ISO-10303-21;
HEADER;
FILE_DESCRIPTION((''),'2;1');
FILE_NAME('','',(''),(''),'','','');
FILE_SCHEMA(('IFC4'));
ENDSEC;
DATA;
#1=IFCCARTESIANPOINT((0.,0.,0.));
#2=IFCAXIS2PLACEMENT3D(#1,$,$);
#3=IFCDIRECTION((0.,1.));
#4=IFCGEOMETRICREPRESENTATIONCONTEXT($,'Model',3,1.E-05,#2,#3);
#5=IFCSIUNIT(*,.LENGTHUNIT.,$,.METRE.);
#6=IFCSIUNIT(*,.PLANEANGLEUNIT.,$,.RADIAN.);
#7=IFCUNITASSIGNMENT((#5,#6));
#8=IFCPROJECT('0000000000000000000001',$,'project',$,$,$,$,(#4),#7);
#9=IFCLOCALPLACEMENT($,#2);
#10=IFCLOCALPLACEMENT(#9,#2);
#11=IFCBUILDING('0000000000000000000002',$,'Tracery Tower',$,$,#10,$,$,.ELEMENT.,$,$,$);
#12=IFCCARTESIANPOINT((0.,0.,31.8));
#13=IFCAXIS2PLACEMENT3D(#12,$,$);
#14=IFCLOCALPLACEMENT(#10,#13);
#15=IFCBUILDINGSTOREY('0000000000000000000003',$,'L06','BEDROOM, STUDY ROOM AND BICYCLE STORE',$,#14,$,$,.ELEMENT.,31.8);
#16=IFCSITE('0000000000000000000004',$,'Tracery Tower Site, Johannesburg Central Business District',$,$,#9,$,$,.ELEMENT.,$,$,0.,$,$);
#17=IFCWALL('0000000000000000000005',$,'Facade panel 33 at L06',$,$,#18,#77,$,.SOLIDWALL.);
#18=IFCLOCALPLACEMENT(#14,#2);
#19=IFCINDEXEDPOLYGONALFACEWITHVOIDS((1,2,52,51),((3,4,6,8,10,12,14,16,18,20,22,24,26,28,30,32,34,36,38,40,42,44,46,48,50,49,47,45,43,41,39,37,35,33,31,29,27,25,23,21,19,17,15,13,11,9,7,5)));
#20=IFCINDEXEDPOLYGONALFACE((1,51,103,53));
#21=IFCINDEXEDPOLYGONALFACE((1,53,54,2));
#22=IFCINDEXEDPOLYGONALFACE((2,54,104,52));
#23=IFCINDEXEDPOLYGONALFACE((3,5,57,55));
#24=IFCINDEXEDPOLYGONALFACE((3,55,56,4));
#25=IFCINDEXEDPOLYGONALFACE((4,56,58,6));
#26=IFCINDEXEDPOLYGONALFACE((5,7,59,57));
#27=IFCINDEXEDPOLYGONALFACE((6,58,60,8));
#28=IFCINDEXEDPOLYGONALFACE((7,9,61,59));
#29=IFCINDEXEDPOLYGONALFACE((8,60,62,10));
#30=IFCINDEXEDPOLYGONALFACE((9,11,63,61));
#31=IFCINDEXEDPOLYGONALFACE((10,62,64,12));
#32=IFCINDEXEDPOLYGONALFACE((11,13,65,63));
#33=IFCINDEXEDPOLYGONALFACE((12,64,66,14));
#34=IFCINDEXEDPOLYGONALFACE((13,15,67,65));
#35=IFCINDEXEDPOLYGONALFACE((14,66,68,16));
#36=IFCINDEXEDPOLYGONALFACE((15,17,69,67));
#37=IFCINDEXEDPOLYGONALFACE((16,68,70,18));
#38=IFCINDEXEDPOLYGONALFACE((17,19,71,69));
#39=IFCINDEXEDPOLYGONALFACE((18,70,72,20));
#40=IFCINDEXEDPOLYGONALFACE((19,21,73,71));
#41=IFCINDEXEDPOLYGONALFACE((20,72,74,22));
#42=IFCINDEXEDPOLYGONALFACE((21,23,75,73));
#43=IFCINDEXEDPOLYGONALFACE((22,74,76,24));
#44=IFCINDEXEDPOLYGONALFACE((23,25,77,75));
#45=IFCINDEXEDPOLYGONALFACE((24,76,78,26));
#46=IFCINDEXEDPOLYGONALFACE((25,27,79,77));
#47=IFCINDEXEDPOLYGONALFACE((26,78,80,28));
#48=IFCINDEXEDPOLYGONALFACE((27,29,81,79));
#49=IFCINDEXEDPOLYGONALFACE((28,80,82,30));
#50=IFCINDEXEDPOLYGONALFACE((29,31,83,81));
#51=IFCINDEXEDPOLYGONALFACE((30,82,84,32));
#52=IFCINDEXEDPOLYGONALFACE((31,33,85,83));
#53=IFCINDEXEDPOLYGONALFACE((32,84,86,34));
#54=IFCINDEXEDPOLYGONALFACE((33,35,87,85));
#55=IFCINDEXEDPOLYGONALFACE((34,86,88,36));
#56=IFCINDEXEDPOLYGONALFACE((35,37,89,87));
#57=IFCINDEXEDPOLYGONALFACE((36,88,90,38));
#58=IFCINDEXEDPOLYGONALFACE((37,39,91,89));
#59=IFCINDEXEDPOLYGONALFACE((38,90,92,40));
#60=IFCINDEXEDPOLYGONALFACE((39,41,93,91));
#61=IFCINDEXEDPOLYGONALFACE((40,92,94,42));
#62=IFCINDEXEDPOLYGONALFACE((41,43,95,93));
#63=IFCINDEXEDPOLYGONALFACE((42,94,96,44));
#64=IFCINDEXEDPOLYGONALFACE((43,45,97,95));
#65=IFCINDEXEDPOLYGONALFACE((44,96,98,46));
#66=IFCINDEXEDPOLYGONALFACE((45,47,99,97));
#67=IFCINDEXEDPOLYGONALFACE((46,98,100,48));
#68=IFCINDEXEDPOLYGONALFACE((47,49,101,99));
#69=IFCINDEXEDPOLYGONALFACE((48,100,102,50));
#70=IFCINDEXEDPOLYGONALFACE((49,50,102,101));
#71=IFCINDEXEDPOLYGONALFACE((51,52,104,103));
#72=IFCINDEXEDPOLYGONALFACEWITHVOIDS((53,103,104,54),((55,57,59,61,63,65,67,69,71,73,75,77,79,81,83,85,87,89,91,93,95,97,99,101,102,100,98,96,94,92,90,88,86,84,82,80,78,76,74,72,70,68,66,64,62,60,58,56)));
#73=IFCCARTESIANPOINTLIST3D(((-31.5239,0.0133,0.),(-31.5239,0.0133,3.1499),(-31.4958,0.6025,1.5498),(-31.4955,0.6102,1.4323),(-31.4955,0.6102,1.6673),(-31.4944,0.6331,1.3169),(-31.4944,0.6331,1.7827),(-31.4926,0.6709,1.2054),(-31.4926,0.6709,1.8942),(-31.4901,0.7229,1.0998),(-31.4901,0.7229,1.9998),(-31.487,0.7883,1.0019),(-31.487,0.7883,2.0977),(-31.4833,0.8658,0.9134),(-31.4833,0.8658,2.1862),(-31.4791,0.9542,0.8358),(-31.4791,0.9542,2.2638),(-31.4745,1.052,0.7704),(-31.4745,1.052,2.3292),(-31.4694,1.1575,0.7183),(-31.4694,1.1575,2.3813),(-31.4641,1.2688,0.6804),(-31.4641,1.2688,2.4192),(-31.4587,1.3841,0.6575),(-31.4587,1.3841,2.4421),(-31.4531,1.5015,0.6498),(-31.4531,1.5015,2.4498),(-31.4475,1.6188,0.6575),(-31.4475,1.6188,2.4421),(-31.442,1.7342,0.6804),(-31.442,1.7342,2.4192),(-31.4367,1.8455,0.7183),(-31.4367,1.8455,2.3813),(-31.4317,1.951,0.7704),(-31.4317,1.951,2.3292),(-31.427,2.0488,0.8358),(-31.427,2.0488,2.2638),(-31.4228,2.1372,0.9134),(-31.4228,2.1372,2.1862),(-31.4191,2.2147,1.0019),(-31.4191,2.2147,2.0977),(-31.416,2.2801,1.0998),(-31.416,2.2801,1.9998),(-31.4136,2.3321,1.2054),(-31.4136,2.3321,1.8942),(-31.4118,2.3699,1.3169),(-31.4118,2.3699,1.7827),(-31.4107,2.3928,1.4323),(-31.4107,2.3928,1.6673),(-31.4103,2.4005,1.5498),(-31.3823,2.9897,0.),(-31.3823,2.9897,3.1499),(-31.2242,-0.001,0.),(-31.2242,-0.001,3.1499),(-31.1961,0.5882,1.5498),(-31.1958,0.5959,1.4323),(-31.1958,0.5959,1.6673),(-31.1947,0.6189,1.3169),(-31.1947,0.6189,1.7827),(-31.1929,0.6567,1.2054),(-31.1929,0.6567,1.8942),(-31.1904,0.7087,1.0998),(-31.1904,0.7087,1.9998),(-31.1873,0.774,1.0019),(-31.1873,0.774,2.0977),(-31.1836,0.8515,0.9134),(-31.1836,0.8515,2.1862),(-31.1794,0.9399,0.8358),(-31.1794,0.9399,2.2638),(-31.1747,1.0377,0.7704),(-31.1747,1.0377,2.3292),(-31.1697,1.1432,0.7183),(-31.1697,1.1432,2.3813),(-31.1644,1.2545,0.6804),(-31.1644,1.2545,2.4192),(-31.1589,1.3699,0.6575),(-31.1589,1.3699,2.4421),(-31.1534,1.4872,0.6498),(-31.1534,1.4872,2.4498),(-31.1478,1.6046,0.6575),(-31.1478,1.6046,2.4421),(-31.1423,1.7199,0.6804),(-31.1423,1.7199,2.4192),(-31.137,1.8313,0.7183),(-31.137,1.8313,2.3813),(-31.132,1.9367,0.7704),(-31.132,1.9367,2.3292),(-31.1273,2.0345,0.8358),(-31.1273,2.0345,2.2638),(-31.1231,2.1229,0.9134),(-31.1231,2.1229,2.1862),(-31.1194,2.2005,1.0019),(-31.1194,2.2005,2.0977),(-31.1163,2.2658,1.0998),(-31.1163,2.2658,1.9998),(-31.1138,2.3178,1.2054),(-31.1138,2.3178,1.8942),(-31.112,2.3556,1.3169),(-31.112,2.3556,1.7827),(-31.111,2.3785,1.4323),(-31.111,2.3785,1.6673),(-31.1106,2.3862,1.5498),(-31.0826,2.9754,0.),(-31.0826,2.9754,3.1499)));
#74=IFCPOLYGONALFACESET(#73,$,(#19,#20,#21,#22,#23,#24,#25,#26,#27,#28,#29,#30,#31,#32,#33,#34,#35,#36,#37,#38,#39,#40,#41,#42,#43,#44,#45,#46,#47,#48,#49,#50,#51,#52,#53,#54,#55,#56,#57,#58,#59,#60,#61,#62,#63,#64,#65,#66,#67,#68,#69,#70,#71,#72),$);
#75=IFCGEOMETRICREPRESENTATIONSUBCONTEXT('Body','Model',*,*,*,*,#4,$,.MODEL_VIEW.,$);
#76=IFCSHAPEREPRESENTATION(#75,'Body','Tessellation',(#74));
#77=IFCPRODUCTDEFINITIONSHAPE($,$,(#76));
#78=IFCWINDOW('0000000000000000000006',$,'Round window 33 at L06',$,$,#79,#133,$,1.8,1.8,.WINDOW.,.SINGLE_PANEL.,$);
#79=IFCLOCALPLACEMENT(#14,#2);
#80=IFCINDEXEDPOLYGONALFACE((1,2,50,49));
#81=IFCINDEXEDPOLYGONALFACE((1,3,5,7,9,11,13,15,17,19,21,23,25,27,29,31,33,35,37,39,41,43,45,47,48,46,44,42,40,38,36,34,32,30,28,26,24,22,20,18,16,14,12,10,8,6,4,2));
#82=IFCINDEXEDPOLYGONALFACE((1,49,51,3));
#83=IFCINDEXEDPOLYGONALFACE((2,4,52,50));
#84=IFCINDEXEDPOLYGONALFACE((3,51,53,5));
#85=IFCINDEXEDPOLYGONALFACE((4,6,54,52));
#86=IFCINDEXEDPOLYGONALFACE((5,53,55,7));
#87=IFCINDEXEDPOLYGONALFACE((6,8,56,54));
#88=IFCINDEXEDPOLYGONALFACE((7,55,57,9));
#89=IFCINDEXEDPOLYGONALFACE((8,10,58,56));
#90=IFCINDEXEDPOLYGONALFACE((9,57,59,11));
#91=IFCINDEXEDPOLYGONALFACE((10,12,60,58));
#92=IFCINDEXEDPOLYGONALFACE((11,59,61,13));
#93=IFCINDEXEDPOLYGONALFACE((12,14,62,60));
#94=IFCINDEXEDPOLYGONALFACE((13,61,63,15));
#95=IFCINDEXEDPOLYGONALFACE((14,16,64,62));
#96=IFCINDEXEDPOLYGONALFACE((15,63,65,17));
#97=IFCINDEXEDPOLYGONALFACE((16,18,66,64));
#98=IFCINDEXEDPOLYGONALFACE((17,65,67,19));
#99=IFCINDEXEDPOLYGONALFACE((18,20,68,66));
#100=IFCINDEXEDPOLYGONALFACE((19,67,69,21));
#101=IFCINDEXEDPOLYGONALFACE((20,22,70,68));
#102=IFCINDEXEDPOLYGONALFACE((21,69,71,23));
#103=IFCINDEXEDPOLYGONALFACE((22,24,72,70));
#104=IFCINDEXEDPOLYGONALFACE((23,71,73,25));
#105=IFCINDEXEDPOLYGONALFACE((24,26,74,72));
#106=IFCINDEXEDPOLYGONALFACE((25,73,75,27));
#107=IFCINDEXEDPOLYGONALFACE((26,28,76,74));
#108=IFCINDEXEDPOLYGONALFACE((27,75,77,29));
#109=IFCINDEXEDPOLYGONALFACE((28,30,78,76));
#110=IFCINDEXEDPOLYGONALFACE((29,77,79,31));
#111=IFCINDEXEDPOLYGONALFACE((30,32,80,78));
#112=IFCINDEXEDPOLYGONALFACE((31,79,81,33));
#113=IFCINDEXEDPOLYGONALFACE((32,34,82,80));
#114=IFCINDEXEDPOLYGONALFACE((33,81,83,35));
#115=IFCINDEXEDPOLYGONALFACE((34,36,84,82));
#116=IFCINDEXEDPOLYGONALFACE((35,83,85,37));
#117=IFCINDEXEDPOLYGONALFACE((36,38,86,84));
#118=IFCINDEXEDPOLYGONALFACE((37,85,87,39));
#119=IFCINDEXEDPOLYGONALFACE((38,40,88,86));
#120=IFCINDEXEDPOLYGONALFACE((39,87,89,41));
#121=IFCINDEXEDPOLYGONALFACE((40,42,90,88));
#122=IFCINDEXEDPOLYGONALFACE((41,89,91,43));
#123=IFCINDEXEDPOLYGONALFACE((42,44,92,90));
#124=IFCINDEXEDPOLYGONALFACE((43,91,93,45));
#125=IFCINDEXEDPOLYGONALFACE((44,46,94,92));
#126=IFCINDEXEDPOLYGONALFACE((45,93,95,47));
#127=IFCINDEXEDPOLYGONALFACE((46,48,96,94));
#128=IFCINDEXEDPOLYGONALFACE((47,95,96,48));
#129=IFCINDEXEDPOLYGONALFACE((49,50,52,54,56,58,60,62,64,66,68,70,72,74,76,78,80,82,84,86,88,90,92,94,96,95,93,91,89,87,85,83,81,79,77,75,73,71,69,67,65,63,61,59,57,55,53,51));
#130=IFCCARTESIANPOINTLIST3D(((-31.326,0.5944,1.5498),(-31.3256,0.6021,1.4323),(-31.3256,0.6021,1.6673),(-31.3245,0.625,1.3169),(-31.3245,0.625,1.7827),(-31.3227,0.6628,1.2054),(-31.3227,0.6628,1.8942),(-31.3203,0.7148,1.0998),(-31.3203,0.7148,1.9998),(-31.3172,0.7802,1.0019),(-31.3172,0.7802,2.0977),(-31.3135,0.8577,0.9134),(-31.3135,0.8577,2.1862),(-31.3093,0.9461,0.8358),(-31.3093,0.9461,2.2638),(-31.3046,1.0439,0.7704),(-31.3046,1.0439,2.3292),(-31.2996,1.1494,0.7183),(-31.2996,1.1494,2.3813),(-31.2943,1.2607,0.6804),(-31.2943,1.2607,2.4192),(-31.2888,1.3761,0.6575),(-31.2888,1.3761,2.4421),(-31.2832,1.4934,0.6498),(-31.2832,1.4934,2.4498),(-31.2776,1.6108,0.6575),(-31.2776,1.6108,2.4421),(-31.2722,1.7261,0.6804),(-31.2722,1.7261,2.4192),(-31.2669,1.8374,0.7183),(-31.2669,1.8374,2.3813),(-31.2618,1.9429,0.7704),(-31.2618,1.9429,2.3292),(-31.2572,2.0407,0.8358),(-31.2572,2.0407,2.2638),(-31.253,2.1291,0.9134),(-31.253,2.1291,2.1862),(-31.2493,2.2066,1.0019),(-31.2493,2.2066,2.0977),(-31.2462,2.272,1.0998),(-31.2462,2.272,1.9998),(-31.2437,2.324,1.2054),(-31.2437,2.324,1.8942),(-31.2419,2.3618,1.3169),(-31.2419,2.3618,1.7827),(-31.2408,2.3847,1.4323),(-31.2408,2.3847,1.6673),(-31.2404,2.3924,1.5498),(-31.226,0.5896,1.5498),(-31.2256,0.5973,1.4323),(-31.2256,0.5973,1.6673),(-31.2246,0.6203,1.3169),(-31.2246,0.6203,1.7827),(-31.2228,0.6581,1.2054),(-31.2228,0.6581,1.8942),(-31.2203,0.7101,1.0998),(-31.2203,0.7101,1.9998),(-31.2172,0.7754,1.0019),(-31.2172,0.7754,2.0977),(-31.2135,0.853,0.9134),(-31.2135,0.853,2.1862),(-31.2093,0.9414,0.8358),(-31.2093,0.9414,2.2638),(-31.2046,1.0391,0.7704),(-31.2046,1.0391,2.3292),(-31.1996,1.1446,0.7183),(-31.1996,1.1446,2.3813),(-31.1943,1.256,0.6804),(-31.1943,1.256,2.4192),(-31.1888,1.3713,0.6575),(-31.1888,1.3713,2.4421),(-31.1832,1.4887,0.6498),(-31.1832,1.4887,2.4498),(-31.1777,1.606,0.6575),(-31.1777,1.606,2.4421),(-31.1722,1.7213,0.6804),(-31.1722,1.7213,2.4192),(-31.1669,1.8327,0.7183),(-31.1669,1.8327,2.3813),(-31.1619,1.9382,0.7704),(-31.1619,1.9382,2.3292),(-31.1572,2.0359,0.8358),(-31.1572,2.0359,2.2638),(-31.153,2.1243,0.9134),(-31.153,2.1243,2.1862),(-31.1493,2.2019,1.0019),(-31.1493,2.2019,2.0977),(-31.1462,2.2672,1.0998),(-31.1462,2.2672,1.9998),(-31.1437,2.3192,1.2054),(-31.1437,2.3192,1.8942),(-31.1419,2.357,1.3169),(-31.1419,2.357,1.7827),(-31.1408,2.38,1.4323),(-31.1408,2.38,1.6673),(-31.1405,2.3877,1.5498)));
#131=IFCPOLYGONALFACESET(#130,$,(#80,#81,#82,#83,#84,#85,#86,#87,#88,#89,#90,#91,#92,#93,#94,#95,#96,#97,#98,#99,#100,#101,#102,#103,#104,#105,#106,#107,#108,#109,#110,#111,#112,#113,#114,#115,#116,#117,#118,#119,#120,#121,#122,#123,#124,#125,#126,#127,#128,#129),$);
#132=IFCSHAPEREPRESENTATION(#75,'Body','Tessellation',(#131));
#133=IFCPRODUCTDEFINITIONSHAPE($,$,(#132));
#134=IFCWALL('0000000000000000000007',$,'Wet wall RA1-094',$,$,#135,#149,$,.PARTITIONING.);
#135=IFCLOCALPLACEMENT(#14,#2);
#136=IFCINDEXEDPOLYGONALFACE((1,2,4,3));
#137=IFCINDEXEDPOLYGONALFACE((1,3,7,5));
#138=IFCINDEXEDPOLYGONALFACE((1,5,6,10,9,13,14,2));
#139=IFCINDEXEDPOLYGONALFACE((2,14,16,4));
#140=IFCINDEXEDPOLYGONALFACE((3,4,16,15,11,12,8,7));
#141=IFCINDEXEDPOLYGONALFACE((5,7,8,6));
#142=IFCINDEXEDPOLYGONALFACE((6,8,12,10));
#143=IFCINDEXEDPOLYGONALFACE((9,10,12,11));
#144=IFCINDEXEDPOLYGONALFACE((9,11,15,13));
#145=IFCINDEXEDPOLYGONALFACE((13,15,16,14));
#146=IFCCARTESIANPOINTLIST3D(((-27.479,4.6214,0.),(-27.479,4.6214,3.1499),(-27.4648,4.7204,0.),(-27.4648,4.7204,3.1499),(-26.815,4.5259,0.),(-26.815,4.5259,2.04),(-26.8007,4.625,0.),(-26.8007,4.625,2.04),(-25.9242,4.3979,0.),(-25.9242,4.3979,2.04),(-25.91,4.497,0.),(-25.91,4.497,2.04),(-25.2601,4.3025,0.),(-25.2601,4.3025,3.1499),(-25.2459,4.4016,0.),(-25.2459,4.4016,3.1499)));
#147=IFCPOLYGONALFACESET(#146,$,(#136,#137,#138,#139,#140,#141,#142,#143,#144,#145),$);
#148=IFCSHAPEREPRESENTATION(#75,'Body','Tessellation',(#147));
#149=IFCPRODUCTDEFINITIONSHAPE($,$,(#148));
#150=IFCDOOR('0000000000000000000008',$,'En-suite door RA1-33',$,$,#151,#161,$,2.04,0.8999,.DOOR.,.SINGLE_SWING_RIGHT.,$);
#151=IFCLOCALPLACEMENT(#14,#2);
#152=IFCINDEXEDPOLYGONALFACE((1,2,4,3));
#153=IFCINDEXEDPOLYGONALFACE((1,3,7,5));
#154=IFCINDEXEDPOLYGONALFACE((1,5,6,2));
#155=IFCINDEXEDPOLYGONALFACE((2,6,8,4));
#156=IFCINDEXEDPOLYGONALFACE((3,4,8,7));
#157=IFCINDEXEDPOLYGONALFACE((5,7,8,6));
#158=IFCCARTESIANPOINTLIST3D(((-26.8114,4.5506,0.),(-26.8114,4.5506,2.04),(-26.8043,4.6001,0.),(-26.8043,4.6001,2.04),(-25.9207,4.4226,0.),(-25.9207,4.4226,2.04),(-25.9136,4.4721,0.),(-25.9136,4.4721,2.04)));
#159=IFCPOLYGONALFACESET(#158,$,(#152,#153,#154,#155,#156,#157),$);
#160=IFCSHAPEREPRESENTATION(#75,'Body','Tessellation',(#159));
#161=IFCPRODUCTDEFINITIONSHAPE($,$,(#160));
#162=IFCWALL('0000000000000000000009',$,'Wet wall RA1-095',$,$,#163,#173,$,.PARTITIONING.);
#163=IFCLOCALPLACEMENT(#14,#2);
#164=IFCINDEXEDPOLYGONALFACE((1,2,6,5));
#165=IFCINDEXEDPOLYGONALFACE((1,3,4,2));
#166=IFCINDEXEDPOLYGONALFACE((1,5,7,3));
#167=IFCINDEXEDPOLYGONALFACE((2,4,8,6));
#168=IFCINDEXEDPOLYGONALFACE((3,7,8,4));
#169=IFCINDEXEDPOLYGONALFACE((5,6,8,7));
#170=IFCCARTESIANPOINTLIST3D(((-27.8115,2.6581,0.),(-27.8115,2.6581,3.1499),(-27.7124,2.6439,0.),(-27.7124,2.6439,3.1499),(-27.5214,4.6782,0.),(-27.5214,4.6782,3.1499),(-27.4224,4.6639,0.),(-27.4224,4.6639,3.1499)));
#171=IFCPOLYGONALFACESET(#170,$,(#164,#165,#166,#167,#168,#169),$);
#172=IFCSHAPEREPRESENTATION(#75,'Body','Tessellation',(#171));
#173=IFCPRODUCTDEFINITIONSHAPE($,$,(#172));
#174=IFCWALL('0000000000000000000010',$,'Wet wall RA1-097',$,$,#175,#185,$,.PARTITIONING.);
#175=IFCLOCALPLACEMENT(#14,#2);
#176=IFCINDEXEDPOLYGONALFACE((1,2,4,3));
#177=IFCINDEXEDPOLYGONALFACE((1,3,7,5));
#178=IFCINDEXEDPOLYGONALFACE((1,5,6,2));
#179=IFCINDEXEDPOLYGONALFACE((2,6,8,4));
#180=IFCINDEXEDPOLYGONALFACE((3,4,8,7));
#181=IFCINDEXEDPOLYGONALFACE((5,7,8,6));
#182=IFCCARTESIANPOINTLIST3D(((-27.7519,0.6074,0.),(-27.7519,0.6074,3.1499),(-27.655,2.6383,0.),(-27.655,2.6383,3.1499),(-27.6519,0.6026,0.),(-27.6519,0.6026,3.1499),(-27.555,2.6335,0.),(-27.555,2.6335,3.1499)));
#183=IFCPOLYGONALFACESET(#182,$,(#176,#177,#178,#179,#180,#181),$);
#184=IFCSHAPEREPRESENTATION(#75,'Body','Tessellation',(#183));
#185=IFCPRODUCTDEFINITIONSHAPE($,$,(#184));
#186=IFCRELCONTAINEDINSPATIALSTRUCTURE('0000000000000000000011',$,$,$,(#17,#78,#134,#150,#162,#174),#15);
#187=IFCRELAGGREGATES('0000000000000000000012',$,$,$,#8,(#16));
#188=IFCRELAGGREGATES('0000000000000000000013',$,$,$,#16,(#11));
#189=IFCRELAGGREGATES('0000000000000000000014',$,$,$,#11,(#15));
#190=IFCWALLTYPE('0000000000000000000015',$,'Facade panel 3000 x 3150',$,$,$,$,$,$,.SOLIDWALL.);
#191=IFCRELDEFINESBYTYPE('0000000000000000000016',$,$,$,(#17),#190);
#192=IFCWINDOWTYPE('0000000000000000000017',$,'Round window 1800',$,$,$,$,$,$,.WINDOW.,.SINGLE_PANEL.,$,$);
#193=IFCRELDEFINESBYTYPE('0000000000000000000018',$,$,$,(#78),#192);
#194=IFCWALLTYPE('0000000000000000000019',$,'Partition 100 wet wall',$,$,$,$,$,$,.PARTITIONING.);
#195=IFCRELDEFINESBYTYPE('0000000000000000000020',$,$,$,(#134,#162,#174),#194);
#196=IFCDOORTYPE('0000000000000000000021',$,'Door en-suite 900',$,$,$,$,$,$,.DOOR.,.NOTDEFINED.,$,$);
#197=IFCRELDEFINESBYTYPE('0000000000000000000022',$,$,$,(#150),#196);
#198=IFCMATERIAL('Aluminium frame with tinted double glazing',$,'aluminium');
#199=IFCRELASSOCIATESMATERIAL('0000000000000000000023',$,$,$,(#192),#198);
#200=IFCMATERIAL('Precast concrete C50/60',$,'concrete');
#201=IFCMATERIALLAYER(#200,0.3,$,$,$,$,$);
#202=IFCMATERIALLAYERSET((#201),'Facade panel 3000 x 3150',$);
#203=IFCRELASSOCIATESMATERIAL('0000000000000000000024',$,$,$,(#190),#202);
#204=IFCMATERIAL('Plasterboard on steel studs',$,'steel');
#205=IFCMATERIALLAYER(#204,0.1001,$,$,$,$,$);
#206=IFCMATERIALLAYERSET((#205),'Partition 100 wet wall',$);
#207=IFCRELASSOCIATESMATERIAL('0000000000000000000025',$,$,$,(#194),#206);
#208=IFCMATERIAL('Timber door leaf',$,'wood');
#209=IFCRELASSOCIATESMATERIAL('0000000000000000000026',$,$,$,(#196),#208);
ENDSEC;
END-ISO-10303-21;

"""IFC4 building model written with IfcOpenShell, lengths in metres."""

from ifc_helpers import new_model, si_unit, direction, frame, frame_2d, origin, origin_2d, place, context, subcontext, project, spatial, rectangle, circle, extrude, material, layer, layer_set, type_object, element, fill, save


model = new_model("IFC4")

# Units and contexts
model_context = context("Model", 3, precision=1e-05, world=origin(), true_north=direction((0.0, 1.0)))
body_context = subcontext(model_context, "Body", "Model", "MODEL_VIEW")
ifc_project = project(units=[si_unit("LENGTHUNIT", "METRE"), si_unit("PLANEANGLEUNIT", "RADIAN")], contexts=[model_context])

# Site, building, storey
site_placement = place(None, origin())
site = spatial("IfcSite", under=ifc_project, at=site_placement, Name="Tracery Tower Site, Johannesburg Central Business District", CompositionType="ELEMENT", RefElevation=0.0)
building_placement = place(site_placement, origin())
building = spatial("IfcBuilding", under=site, at=building_placement, Name="Tracery Tower", CompositionType="ELEMENT")
storey_placement = place(building_placement, frame((0.0, 0.0, 31.8)))
storey = spatial("IfcBuildingStorey", under=building, at=storey_placement, Name="L06", Description="BEDROOM, STUDY ROOM AND BICYCLE STORE", CompositionType="ELEMENT", Elevation=31.8)

# Wall, opening, window
ifc_material_1 = material(Name="Aluminium frame with tinted double glazing", Category="aluminium")
window_type = type_object("IfcWindowType", Name="Round window 1800", PartitioningType="SINGLE_PANEL", PredefinedType="WINDOW", material=ifc_material_1)
ifc_material_2 = material(Name="Precast concrete C50/60", Category="concrete")
ifc_layer_1 = layer(ifc_material_2, 0.3)
ifc_layer_set_1 = layer_set([ifc_layer_1], Name="Facade panel 3000 x 3150")
wall_type_1 = type_object("IfcWallType", Name="Facade panel 3000 x 3150", PredefinedType="SOLIDWALL", material=ifc_layer_set_1)
wall_1_placement = place(storey_placement, frame((-31.2324, 2.9824, 0.0), z_axis=(0.0, 0.0, 1.0), x_axis=(-0.047522, -0.99887, 0.0)))
wall_1 = element("IfcWall", 1, at=wall_1_placement, inside=storey, type_object=wall_type_1, Name="Facade panel 33 at L06", PredefinedType="SOLIDWALL", context=body_context, shape_type="SweptSolid", body=[
    extrude(rectangle(XDim=2.9797, YDim=0.3, at=frame_2d((1.4897, 0.0))), origin(), (0.0, 0.0, 1.0), 3.1499),
])
opening_1_placement = place(wall_1_placement, frame((1.4897, 0.0, 1.5498)))
opening_1 = element("IfcOpeningElement", 2, at=opening_1_placement, cuts=wall_1, PredefinedType="OPENING", context=body_context, shape_type="SweptSolid", body=[
    extrude(circle(Radius=0.9, at=origin_2d()), frame((0.0, 0.1599, 0.0), z_axis=(0.0, -1.0, 0.0), x_axis=(1.0, 0.0, 0.0)), (0.0, 0.0, 1.0), 0.3201),
])
window_1_placement = place(opening_1_placement, origin())
window_1 = element("IfcWindow", 3, at=window_1_placement, inside=storey, type_object=window_type, Name="Round window 33 at L06", OverallHeight=1.8, OverallWidth=1.8, PartitioningType="SINGLE_PANEL", PredefinedType="WINDOW", context=body_context, shape_type="SweptSolid", body=[
    extrude(circle(Radius=0.9, at=origin_2d()), frame((0.0, 0.1201, 0.0), z_axis=(0.0, -1.0, 0.0), x_axis=(1.0, 0.0, 0.0)), (0.0, 0.0, 1.0), 0.1001),
])
fill(opening_1, window_1)

# Wall, opening, door
ifc_material_3 = material(Name="Plasterboard on steel studs", Category="steel")
ifc_layer_2 = layer(ifc_material_3, 0.1001)
ifc_layer_set_2 = layer_set([ifc_layer_2], Name="Partition 100 wet wall")
wall_type_2 = type_object("IfcWallType", Name="Partition 100 wet wall", PredefinedType="PARTITIONING", material=ifc_layer_set_2)
wall_2_placement = place(storey_placement, frame((-27.4719, 4.6709, 0.0), z_axis=(0.0, 0.0, 1.0), x_axis=(0.989834, -0.142229, 0.0)))
wall_2 = element("IfcWall", 4, at=wall_2_placement, inside=storey, type_object=wall_type_2, Name="Wet wall RA1-094", PredefinedType="PARTITIONING", context=body_context, shape_type="SweptSolid", body=[
    extrude(rectangle(XDim=2.2417, YDim=0.1001, at=frame_2d((1.1208, 0.0))), origin(), (0.0, 0.0, 1.0), 3.1499),
])
opening_2_placement = place(wall_2_placement, frame((0.6709, 0.0, 0.0)))
opening_2 = element("IfcOpeningElement", 5, at=opening_2_placement, cuts=wall_2, PredefinedType="OPENING", context=body_context, shape_type="SweptSolid", body=[
    extrude(rectangle(XDim=0.8999, YDim=2.04, at=frame_2d((0.45, 1.02))), frame((0.0, 0.05, 0.0), z_axis=(0.0, -1.0, 0.0), x_axis=(1.0, 0.0, 0.0)), (0.0, 0.0, 1.0), 0.1001),
])
ifc_material_4 = material(Name="Timber door leaf", Category="wood")
door_type_1 = type_object("IfcDoorType", Name="Door en-suite 900", OperationType="NOTDEFINED", PredefinedType="DOOR", material=ifc_material_4)
door_1_placement = place(opening_2_placement, origin())
door_1 = element("IfcDoor", 6, at=door_1_placement, inside=storey, type_object=door_type_1, Name="En-suite door RA1-33", OperationType="SINGLE_SWING_RIGHT", OverallHeight=2.04, OverallWidth=0.8999, PredefinedType="DOOR", context=body_context, shape_type="SweptSolid", body=[
    extrude(rectangle(XDim=0.8999, YDim=2.04, at=frame_2d((0.45, 1.02))), frame((0.0, 0.0249, 0.0), z_axis=(0.0, -1.0, 0.0), x_axis=(1.0, 0.0, 0.0)), (0.0, 0.0, 1.0), 0.05),
])
fill(opening_2, door_1)

# Walls
wall_3_placement = place(storey_placement, frame((-27.762, 2.6509, 0.0), z_axis=(0.0, 0.0, 1.0), x_axis=(0.142125, 0.989849, 0.0)))
element("IfcWall", 7, at=wall_3_placement, inside=storey, type_object=wall_type_2, Name="Wet wall RA1-095", PredefinedType="PARTITIONING", context=body_context, shape_type="SweptSolid", body=[
    extrude(rectangle(XDim=2.0408, YDim=0.1001, at=frame_2d((1.0205, 0.0))), origin(), (0.0, 0.0, 1.0), 3.1499),
])
wall_4_placement = place(storey_placement, frame((-27.7019, 0.605, 0.0), z_axis=(0.0, 0.0, 1.0), x_axis=(0.047668, 0.998863, 0.0)))
element("IfcWall", 8, at=wall_4_placement, inside=storey, type_object=wall_type_2, Name="Wet wall RA1-097", PredefinedType="PARTITIONING", context=body_context, shape_type="SweptSolid", body=[
    extrude(rectangle(XDim=2.0332, YDim=0.1001, at=frame_2d((1.0166, 0.0))), origin(), (0.0, 0.0, 1.0), 3.1499),
])

save(model, "model.ifc")
